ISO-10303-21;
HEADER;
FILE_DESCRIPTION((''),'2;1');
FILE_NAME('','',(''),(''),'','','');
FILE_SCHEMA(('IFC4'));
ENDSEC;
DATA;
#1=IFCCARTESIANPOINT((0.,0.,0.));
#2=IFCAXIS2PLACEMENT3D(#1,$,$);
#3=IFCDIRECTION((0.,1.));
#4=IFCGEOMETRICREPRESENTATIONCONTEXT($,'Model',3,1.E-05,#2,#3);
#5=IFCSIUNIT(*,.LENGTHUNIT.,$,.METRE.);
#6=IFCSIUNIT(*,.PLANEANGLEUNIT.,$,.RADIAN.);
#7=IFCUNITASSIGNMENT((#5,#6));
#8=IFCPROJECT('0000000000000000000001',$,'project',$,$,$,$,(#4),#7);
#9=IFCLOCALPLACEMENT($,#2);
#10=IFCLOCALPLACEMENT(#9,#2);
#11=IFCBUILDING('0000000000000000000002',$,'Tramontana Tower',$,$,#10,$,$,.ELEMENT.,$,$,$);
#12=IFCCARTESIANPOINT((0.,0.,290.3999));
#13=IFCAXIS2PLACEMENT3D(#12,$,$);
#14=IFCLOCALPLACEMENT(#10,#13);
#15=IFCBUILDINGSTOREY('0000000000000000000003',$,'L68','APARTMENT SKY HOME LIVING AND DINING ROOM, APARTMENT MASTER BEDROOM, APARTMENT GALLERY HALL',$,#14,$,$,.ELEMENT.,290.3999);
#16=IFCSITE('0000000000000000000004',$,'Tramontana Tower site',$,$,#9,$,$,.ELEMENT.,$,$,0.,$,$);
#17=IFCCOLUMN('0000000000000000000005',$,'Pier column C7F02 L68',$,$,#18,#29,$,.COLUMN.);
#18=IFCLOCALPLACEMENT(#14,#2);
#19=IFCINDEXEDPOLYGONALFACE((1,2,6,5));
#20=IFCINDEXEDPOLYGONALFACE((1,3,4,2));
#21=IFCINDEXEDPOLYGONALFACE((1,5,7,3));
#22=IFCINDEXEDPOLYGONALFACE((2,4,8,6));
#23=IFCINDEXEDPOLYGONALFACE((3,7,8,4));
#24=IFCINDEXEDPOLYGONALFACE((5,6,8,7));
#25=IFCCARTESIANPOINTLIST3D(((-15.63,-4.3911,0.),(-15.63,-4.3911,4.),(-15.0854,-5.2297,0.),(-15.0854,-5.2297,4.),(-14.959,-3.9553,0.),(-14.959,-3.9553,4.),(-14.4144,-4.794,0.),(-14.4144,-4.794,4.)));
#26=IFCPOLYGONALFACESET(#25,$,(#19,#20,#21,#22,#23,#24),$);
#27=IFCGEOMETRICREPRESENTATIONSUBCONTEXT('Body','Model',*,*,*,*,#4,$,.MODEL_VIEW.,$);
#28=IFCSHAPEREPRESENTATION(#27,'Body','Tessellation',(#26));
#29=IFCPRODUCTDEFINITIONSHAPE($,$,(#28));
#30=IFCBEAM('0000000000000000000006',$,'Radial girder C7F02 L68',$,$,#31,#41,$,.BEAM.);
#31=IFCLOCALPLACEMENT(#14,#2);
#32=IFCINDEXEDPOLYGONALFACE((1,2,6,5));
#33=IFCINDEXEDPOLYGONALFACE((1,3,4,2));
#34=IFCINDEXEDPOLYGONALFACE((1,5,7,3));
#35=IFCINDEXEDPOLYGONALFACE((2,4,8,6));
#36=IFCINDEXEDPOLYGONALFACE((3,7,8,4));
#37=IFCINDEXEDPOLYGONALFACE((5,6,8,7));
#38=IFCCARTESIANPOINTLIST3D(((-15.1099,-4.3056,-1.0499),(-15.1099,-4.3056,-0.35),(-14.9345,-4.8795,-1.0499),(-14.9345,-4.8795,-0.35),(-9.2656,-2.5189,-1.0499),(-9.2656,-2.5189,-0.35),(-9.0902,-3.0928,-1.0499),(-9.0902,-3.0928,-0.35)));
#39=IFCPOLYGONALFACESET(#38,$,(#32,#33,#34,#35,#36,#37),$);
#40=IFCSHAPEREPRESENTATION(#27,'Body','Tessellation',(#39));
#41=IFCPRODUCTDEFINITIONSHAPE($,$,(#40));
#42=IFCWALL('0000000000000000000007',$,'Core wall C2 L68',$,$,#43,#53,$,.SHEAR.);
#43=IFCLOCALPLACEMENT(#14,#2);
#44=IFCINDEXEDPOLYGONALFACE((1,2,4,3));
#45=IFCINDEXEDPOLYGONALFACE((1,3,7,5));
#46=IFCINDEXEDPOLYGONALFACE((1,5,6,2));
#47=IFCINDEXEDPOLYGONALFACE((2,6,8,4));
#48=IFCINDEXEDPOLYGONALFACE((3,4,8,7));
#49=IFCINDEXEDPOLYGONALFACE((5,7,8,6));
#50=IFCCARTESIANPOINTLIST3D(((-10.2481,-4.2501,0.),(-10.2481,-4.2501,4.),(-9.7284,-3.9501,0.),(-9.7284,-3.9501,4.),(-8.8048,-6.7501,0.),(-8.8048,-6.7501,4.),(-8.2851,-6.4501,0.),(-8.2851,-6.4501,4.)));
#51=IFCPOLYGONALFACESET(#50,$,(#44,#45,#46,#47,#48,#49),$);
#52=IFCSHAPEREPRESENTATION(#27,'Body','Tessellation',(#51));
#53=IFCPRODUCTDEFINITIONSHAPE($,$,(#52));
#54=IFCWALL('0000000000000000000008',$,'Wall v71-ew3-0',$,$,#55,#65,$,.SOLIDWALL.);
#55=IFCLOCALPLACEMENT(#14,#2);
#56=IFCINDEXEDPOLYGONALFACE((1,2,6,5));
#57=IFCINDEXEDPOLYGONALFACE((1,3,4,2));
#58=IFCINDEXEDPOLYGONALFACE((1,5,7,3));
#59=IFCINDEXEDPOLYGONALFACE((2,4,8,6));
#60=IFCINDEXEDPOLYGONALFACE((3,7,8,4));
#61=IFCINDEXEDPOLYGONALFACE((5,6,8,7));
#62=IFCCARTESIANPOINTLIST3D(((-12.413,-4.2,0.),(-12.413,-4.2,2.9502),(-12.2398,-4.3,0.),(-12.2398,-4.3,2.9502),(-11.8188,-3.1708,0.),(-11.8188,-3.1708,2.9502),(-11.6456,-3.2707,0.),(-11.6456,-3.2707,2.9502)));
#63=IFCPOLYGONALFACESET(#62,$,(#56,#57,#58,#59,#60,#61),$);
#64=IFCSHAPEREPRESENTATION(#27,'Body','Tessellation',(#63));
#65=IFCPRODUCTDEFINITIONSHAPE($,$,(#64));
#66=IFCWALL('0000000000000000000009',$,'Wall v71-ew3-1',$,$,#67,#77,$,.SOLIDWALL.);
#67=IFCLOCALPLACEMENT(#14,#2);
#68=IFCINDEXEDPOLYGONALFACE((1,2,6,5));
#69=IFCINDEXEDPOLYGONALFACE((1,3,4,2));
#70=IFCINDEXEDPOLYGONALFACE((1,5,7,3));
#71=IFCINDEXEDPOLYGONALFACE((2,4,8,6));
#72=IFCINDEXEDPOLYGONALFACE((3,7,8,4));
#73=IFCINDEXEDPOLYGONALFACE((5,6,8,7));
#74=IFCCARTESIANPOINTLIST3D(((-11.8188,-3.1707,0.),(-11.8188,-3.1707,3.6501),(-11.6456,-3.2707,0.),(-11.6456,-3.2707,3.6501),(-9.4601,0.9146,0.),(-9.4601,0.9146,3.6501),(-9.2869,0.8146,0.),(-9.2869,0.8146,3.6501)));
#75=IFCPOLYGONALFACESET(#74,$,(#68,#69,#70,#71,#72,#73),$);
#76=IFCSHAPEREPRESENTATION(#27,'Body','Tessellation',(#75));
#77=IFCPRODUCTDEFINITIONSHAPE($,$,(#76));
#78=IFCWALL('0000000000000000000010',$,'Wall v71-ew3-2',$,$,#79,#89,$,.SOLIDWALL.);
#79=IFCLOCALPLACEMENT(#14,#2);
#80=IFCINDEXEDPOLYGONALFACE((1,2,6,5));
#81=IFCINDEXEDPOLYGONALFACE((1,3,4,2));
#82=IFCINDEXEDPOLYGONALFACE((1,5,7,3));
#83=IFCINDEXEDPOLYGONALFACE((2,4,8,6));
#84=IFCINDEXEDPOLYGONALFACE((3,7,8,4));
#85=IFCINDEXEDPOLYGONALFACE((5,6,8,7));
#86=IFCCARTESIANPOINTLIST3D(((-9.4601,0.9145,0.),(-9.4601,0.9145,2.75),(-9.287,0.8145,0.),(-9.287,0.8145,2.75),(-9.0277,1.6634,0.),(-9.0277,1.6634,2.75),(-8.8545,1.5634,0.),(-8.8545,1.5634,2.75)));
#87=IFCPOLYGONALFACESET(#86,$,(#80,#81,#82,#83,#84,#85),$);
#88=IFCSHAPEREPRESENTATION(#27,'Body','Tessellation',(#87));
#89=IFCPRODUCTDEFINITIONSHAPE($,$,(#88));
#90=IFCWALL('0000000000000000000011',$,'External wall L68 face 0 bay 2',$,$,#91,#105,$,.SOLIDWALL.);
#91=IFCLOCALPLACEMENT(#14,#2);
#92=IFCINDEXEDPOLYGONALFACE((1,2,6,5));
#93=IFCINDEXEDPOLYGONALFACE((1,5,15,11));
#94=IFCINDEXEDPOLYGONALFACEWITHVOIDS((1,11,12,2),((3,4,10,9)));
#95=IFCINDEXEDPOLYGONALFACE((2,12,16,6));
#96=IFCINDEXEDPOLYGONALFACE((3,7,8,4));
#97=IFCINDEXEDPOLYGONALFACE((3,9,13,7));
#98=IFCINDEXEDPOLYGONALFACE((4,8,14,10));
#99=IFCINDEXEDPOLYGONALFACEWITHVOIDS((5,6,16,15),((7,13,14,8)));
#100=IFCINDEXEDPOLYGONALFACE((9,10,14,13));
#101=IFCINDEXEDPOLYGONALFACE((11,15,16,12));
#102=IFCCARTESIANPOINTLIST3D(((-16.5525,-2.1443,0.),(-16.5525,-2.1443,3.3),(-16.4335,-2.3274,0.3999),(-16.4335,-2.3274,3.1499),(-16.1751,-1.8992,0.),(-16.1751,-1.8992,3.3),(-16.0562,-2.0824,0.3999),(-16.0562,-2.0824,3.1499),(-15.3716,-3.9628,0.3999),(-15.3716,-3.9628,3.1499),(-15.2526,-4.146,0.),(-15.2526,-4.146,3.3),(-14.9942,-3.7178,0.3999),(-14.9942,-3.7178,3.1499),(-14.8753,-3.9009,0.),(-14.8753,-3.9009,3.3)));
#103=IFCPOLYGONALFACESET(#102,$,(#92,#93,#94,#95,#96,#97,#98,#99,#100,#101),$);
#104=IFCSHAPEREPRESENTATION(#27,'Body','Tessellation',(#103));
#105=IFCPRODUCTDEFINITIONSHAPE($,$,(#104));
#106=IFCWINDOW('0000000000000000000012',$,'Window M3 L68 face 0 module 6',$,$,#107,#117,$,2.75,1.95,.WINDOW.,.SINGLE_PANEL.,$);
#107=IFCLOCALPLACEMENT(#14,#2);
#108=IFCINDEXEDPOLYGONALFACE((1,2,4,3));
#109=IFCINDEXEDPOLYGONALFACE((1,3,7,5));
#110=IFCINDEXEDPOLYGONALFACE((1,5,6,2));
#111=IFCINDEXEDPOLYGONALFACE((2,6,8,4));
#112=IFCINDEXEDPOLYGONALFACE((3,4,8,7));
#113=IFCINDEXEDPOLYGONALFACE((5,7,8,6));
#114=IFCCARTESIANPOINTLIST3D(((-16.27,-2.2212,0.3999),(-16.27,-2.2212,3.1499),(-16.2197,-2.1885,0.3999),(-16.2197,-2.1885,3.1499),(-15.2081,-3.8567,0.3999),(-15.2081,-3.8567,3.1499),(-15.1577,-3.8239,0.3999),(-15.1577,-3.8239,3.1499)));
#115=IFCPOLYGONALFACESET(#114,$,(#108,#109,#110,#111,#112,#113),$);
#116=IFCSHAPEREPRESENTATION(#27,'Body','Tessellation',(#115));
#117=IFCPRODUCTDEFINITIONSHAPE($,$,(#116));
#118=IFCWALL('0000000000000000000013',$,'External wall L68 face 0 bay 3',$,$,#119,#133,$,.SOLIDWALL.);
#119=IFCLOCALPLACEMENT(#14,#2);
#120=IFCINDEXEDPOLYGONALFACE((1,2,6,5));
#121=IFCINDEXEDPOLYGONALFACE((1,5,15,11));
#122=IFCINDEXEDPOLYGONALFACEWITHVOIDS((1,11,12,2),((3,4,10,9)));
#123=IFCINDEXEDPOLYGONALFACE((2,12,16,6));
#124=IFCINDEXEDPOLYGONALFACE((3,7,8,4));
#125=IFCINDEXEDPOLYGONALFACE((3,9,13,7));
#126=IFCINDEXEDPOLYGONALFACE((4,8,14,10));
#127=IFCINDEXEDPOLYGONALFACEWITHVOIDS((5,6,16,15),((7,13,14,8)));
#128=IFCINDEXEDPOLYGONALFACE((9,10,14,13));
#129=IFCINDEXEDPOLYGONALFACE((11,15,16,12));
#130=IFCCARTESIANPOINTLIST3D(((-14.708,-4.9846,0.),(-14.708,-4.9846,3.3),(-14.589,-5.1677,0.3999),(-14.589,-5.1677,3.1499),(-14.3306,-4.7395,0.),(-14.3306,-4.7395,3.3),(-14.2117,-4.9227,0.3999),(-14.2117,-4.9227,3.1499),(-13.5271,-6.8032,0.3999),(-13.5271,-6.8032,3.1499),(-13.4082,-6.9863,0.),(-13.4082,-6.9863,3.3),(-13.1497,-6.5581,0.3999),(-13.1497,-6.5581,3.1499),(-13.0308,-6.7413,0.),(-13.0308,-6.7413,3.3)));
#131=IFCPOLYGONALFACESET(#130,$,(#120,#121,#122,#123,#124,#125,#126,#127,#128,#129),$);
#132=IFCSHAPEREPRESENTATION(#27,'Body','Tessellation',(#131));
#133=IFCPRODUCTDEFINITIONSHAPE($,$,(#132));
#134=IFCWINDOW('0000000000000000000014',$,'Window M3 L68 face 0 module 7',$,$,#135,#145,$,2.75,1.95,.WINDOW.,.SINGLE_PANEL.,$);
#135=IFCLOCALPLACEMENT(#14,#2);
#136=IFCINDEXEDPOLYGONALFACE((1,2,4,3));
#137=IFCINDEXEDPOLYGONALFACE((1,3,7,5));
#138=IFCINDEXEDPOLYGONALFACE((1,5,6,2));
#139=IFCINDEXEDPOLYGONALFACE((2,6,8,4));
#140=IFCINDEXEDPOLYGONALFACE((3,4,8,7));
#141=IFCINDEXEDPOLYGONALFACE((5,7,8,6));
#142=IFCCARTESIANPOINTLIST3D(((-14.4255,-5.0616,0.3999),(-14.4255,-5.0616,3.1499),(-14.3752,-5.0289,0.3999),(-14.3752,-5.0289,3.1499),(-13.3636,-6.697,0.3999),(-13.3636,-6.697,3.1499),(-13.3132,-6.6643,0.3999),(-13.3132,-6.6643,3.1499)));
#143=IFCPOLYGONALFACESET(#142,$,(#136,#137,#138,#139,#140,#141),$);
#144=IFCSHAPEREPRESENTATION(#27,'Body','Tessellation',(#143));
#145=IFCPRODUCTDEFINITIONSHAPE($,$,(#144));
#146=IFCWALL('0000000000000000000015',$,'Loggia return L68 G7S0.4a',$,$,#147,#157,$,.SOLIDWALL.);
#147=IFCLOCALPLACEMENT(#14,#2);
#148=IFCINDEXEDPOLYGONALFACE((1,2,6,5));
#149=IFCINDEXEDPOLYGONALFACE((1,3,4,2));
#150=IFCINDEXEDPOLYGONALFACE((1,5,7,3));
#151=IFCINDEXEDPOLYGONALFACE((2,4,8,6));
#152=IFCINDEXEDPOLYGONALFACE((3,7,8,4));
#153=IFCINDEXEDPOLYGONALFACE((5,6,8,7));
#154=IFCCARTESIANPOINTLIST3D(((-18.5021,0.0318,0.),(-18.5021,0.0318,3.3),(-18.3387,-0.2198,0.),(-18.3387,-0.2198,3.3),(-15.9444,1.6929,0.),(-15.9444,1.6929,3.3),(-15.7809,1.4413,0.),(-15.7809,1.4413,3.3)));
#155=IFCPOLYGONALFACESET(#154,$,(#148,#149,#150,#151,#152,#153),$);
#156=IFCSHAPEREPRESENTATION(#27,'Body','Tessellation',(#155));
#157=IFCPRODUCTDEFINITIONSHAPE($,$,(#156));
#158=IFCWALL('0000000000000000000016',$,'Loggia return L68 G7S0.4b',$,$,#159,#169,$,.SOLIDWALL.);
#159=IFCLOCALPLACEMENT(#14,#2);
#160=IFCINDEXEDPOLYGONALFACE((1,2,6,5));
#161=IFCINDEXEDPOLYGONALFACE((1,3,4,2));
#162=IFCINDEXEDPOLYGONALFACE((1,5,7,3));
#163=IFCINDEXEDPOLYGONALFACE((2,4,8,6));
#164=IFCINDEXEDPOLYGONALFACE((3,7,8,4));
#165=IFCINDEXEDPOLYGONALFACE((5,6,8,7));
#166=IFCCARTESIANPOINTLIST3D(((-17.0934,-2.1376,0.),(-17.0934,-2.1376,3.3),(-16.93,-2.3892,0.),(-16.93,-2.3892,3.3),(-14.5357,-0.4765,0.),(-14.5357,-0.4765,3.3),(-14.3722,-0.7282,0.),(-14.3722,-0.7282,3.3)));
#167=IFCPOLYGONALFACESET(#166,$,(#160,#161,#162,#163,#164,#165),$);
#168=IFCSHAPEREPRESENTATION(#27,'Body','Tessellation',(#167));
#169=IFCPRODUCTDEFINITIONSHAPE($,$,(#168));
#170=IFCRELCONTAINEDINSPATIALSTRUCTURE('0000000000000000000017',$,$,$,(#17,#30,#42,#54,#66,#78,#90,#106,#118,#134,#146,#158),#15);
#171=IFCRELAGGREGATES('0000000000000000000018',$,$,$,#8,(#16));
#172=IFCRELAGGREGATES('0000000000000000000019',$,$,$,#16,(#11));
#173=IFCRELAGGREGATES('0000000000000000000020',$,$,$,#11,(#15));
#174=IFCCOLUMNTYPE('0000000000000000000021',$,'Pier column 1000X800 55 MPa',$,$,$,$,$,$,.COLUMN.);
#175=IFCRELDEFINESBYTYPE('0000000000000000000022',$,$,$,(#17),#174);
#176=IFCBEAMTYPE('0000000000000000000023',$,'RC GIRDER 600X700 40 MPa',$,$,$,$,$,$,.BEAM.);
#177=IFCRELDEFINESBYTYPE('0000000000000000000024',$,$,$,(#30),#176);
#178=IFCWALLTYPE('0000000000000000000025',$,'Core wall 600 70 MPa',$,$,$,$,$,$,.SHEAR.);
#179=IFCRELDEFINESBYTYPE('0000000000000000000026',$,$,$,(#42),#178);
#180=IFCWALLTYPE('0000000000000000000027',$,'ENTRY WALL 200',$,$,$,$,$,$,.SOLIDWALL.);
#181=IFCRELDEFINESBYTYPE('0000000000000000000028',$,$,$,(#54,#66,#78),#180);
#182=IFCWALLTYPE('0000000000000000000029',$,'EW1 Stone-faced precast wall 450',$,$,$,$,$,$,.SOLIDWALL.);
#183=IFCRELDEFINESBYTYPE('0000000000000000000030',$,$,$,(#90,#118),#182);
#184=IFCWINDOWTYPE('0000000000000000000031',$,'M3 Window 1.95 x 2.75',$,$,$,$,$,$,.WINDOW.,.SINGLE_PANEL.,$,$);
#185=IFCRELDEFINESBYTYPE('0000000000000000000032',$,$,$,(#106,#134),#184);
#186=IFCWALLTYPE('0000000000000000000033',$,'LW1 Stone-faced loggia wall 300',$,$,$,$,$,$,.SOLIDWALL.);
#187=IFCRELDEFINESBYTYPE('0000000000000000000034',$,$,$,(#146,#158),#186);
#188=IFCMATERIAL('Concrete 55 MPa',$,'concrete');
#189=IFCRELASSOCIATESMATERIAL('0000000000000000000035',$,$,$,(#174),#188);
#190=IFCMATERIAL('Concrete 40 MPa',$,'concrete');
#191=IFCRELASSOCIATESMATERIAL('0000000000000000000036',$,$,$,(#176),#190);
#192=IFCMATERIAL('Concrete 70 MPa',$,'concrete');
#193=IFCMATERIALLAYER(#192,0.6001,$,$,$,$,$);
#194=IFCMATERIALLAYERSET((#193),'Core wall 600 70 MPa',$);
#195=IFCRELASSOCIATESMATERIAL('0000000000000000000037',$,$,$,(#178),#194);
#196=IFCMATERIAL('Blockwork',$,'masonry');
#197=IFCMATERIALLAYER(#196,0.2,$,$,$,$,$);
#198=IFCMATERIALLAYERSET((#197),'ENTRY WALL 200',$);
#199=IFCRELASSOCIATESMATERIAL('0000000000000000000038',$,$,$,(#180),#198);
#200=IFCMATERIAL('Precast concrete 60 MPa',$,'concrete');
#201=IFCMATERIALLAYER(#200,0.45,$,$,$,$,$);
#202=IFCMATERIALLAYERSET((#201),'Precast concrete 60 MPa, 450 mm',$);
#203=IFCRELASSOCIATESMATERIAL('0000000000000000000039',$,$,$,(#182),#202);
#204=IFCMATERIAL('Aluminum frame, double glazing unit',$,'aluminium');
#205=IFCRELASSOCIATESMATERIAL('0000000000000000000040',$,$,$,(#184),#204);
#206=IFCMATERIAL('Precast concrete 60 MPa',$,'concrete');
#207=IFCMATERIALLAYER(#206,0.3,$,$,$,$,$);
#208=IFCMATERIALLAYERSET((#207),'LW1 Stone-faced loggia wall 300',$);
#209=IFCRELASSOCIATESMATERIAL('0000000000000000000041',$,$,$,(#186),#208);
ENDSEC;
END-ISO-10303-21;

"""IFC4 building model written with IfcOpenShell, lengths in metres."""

from ifc_helpers import new_model, si_unit, direction, frame, frame_2d, origin, origin_2d, place, context, subcontext, project, spatial, rectangle, extrude, material, layer, layer_set, material_profile, profile_set, type_object, element, fill, save


model = new_model("IFC4")

# Units and contexts
model_context = context("Model", 3, precision=1e-05, world=origin(), true_north=direction((0.0, 1.0)))
body_context = subcontext(model_context, "Body", "Model", "MODEL_VIEW")
ifc_project = project(units=[si_unit("LENGTHUNIT", "METRE"), si_unit("PLANEANGLEUNIT", "RADIAN")], contexts=[model_context])

# Site, building, storey
site_placement = place(None, origin())
site = spatial("IfcSite", under=ifc_project, at=site_placement, Name="Tramontana Tower site", CompositionType="ELEMENT", RefElevation=0.0)
building_placement = place(site_placement, origin())
building = spatial("IfcBuilding", under=site, at=building_placement, Name="Tramontana Tower", CompositionType="ELEMENT")
storey_placement = place(building_placement, frame((0.0, 0.0, 290.3999)))
storey = spatial("IfcBuildingStorey", under=building, at=storey_placement, Name="L68", Description="APARTMENT SKY HOME LIVING AND DINING ROOM, APARTMENT MASTER BEDROOM, APARTMENT GALLERY HALL", CompositionType="ELEMENT", Elevation=290.3999)

# Column
ifc_material_1 = material(Name="Concrete 55 MPa", Category="concrete")
ifc_material_profile_1 = material_profile(ifc_material_1, rectangle(XDim=1.0, YDim=0.8, at=origin_2d()), Name="Pier column 1000X800 55 MPa")
ifc_profile_set_1 = profile_set([ifc_material_profile_1], Name="Concrete 55 MPa")
column_type = type_object("IfcColumnType", Name="Pier column 1000X800 55 MPa", PredefinedType="COLUMN", material=ifc_profile_set_1)
column_placement = place(storey_placement, frame((-15.0222, -4.5925, 0.0), z_axis=(0.0, 0.0, 1.0), x_axis=(0.544639, -0.838671, 0.0)))
element("IfcColumn", 1, at=column_placement, inside=storey, type_object=column_type, Name="Pier column C7F02 L68", PredefinedType="COLUMN", context=body_context, shape_type="SweptSolid", body=[
    extrude(rectangle(XDim=1.0, YDim=0.8, at=origin_2d()), origin(), (0.0, 0.0, 1.0), 4.0),
])

# Beam
ifc_material_2 = material(Name="Concrete 40 MPa", Category="concrete")
ifc_material_profile_2 = material_profile(ifc_material_2, rectangle(XDim=0.6001, YDim=0.7, at=origin_2d()), Name="RC GIRDER 600X700 40 MPa")
ifc_profile_set_2 = profile_set([ifc_material_profile_2], Name="Concrete 40 MPa")
beam_type = type_object("IfcBeamType", Name="RC GIRDER 600X700 40 MPa", PredefinedType="BEAM", material=ifc_profile_set_2)
beam_placement = place(storey_placement, frame((-15.0222, -4.5925, -0.7), z_axis=(0.956311, 0.29235, 0.0), x_axis=(-0.29235, 0.956311, 0.0)))
element("IfcBeam", 2, at=beam_placement, inside=storey, type_object=beam_type, Name="Radial girder C7F02 L68", PredefinedType="BEAM", context=body_context, shape_type="SweptSolid", body=[
    extrude(rectangle(XDim=0.6001, YDim=0.7, at=origin_2d()), origin(), (0.0, 0.0, 1.0), 6.1113),
])

# Walls
ifc_material_3 = material(Name="Concrete 70 MPa", Category="concrete")
ifc_layer_1 = layer(ifc_material_3, 0.6001)
ifc_layer_set_1 = layer_set([ifc_layer_1], Name="Core wall 600 70 MPa")
wall_type_1 = type_object("IfcWallType", Name="Core wall 600 70 MPa", PredefinedType="SHEAR", material=ifc_layer_set_1)
wall_1_placement = place(storey_placement, frame((-9.9883, -4.1001, 0.0), z_axis=(0.0, 0.0, 1.0), x_axis=(0.499996, -0.866028, 0.0)))
element("IfcWall", 3, at=wall_1_placement, inside=storey, type_object=wall_type_1, Name="Core wall C2 L68", PredefinedType="SHEAR", context=body_context, shape_type="SweptSolid", body=[
    extrude(rectangle(XDim=2.8867, YDim=0.6001, at=frame_2d((1.4434, 0.0))), origin(), (0.0, 0.0, 1.0), 4.0),
])
ifc_material_4 = material(Name="Blockwork", Category="masonry")
ifc_layer_2 = layer(ifc_material_4, 0.2)
ifc_layer_set_2 = layer_set([ifc_layer_2], Name="ENTRY WALL 200")
wall_type_2 = type_object("IfcWallType", Name="ENTRY WALL 200", PredefinedType="SOLIDWALL", material=ifc_layer_set_2)
wall_2_placement = place(storey_placement, frame((-12.3264, -4.25, 0.0), z_axis=(0.0, 0.0, 1.0), x_axis=(0.499983, 0.866035, 0.0)))
element("IfcWall", 4, at=wall_2_placement, inside=storey, type_object=wall_type_2, Name="Wall v71-ew3-0", PredefinedType="SOLIDWALL", context=body_context, shape_type="SweptSolid", body=[
    extrude(rectangle(XDim=1.1885, YDim=0.2, at=frame_2d((0.5942, 0.0))), origin(), (0.0, 0.0, 1.0), 2.9502),
])
wall_3_placement = place(storey_placement, frame((-11.7322, -3.2207, 0.0), z_axis=(0.0, 0.0, 1.0), x_axis=(0.500008, 0.866021, 0.0)))
element("IfcWall", 5, at=wall_3_placement, inside=storey, type_object=wall_type_2, Name="Wall v71-ew3-1", PredefinedType="SOLIDWALL", context=body_context, shape_type="SweptSolid", body=[
    extrude(rectangle(XDim=4.7173, YDim=0.2, at=frame_2d((2.3586, 0.0))), origin(), (0.0, 0.0, 1.0), 3.6501),
])
wall_4_placement = place(storey_placement, frame((-9.3735, 0.8645, 0.0), z_axis=(0.0, 0.0, 1.0), x_axis=(0.500056, 0.865993, 0.0)))
element("IfcWall", 6, at=wall_4_placement, inside=storey, type_object=wall_type_2, Name="Wall v71-ew3-2", PredefinedType="SOLIDWALL", context=body_context, shape_type="SweptSolid", body=[
    extrude(rectangle(XDim=0.8647, YDim=0.2, at=frame_2d((0.4324, 0.0))), origin(), (0.0, 0.0, 1.0), 2.75),
])

# Walls, openings, windows
ifc_material_5 = material(Name="Precast concrete 60 MPa", Category="concrete")
ifc_layer_3 = layer(ifc_material_5, 0.45)
ifc_layer_set_3 = layer_set([ifc_layer_3], Name="Precast concrete 60 MPa, 450 mm")
wall_type_3 = type_object("IfcWallType", Name="EW1 Stone-faced precast wall 450", PredefinedType="SOLIDWALL", material=ifc_layer_set_3)
wall_5_placement = place(storey_placement, frame((-16.3638, -2.0217, 0.0), z_axis=(0.0, 0.0, 1.0), x_axis=(0.544604, -0.838694, 0.0)))
wall_5 = element("IfcWall", 7, at=wall_5_placement, inside=storey, type_object=wall_type_3, Name="External wall L68 face 0 bay 2", PredefinedType="SOLIDWALL", context=body_context, shape_type="SweptSolid", body=[
    extrude(rectangle(XDim=2.3867, YDim=0.45, at=frame_2d((1.1934, 0.0))), origin(), (0.0, 0.0, 1.0), 3.3),
])
opening_1_placement = place(wall_5_placement, frame((0.2183, 0.0, 0.3999)))
opening_1 = element("IfcOpeningElement", 8, at=opening_1_placement, cuts=wall_5, PredefinedType="OPENING", context=body_context, shape_type="SweptSolid", body=[
    extrude(rectangle(XDim=1.95, YDim=2.75, at=frame_2d((0.9751, 1.375))), frame((0.0, 0.2349, 0.0), z_axis=(0.0, -1.0, 0.0), x_axis=(1.0, 0.0, 0.0)), (0.0, 0.0, 1.0), 0.47),
])
ifc_material_6 = material(Name="Aluminum frame, double glazing unit", Category="aluminium")
window_type = type_object("IfcWindowType", Name="M3 Window 1.95 x 2.75", PartitioningType="SINGLE_PANEL", PredefinedType="WINDOW", material=ifc_material_6)
window_1_placement = place(opening_1_placement, origin())
window_1 = element("IfcWindow", 9, at=window_1_placement, inside=storey, type_object=window_type, Name="Window M3 L68 face 0 module 6", OverallHeight=2.75, OverallWidth=1.95, PartitioningType="SINGLE_PANEL", PredefinedType="WINDOW", context=body_context, shape_type="SweptSolid", body=[
    extrude(rectangle(XDim=1.95, YDim=2.75, at=frame_2d((0.9751, 1.375))), frame((0.0, 0.03, 0.0), z_axis=(0.0, -1.0, 0.0), x_axis=(1.0, 0.0, 0.0)), (0.0, 0.0, 1.0), 0.0601),
])
fill(opening_1, window_1)
wall_6_placement = place(storey_placement, frame((-14.5193, -4.8621, 0.0), z_axis=(0.0, 0.0, 1.0), x_axis=(0.544604, -0.838694, 0.0)))
wall_6 = element("IfcWall", 10, at=wall_6_placement, inside=storey, type_object=wall_type_3, Name="External wall L68 face 0 bay 3", PredefinedType="SOLIDWALL", context=body_context, shape_type="SweptSolid", body=[
    extrude(rectangle(XDim=2.3867, YDim=0.45, at=frame_2d((1.1934, 0.0))), origin(), (0.0, 0.0, 1.0), 3.3),
])
opening_2_placement = place(wall_6_placement, frame((0.2183, 0.0, 0.3999)))
opening_2 = element("IfcOpeningElement", 11, at=opening_2_placement, cuts=wall_6, PredefinedType="OPENING", context=body_context, shape_type="SweptSolid", body=[
    extrude(rectangle(XDim=1.95, YDim=2.75, at=frame_2d((0.9751, 1.375))), frame((0.0, 0.2349, 0.0), z_axis=(0.0, -1.0, 0.0), x_axis=(1.0, 0.0, 0.0)), (0.0, 0.0, 1.0), 0.47),
])
window_2_placement = place(opening_2_placement, origin())
window_2 = element("IfcWindow", 12, at=window_2_placement, inside=storey, type_object=window_type, Name="Window M3 L68 face 0 module 7", OverallHeight=2.75, OverallWidth=1.95, PartitioningType="SINGLE_PANEL", PredefinedType="WINDOW", context=body_context, shape_type="SweptSolid", body=[
    extrude(rectangle(XDim=1.95, YDim=2.75, at=frame_2d((0.9751, 1.375))), frame((0.0, 0.03, 0.0), z_axis=(0.0, -1.0, 0.0), x_axis=(1.0, 0.0, 0.0)), (0.0, 0.0, 1.0), 0.0601),
])
fill(opening_2, window_2)

# Walls
ifc_material_7 = material(Name="Precast concrete 60 MPa", Category="concrete")
ifc_layer_4 = layer(ifc_material_7, 0.3)
ifc_layer_set_4 = layer_set([ifc_layer_4], Name="LW1 Stone-faced loggia wall 300")
wall_type_4 = type_object("IfcWallType", Name="LW1 Stone-faced loggia wall 300", PredefinedType="SOLIDWALL", material=ifc_layer_set_4)
for number, where, z_axis, x_axis, name in (
    (13, (-18.4204, -0.094, 0.0), (0.0, 0.0, 1.0), (0.838665, 0.544648, 0.0), "Loggia return L68 G7S0.4a"),
    (14, (-17.0117, -2.2634, 0.0), (0.0, 0.0, 1.0), (0.838665, 0.544648, 0.0), "Loggia return L68 G7S0.4b"),
):
    element("IfcWall", number, at=place(storey_placement, frame(where, z_axis=z_axis, x_axis=x_axis)), inside=storey, type_object=wall_type_4, Name=name, PredefinedType="SOLIDWALL", context=body_context, shape_type="SweptSolid", body=[
        extrude(rectangle(XDim=3.0498, YDim=0.3, at=frame_2d((1.5249, 0.0))), origin(), (0.0, 0.0, 1.0), 3.3),
    ])

save(model, "model.ifc")
